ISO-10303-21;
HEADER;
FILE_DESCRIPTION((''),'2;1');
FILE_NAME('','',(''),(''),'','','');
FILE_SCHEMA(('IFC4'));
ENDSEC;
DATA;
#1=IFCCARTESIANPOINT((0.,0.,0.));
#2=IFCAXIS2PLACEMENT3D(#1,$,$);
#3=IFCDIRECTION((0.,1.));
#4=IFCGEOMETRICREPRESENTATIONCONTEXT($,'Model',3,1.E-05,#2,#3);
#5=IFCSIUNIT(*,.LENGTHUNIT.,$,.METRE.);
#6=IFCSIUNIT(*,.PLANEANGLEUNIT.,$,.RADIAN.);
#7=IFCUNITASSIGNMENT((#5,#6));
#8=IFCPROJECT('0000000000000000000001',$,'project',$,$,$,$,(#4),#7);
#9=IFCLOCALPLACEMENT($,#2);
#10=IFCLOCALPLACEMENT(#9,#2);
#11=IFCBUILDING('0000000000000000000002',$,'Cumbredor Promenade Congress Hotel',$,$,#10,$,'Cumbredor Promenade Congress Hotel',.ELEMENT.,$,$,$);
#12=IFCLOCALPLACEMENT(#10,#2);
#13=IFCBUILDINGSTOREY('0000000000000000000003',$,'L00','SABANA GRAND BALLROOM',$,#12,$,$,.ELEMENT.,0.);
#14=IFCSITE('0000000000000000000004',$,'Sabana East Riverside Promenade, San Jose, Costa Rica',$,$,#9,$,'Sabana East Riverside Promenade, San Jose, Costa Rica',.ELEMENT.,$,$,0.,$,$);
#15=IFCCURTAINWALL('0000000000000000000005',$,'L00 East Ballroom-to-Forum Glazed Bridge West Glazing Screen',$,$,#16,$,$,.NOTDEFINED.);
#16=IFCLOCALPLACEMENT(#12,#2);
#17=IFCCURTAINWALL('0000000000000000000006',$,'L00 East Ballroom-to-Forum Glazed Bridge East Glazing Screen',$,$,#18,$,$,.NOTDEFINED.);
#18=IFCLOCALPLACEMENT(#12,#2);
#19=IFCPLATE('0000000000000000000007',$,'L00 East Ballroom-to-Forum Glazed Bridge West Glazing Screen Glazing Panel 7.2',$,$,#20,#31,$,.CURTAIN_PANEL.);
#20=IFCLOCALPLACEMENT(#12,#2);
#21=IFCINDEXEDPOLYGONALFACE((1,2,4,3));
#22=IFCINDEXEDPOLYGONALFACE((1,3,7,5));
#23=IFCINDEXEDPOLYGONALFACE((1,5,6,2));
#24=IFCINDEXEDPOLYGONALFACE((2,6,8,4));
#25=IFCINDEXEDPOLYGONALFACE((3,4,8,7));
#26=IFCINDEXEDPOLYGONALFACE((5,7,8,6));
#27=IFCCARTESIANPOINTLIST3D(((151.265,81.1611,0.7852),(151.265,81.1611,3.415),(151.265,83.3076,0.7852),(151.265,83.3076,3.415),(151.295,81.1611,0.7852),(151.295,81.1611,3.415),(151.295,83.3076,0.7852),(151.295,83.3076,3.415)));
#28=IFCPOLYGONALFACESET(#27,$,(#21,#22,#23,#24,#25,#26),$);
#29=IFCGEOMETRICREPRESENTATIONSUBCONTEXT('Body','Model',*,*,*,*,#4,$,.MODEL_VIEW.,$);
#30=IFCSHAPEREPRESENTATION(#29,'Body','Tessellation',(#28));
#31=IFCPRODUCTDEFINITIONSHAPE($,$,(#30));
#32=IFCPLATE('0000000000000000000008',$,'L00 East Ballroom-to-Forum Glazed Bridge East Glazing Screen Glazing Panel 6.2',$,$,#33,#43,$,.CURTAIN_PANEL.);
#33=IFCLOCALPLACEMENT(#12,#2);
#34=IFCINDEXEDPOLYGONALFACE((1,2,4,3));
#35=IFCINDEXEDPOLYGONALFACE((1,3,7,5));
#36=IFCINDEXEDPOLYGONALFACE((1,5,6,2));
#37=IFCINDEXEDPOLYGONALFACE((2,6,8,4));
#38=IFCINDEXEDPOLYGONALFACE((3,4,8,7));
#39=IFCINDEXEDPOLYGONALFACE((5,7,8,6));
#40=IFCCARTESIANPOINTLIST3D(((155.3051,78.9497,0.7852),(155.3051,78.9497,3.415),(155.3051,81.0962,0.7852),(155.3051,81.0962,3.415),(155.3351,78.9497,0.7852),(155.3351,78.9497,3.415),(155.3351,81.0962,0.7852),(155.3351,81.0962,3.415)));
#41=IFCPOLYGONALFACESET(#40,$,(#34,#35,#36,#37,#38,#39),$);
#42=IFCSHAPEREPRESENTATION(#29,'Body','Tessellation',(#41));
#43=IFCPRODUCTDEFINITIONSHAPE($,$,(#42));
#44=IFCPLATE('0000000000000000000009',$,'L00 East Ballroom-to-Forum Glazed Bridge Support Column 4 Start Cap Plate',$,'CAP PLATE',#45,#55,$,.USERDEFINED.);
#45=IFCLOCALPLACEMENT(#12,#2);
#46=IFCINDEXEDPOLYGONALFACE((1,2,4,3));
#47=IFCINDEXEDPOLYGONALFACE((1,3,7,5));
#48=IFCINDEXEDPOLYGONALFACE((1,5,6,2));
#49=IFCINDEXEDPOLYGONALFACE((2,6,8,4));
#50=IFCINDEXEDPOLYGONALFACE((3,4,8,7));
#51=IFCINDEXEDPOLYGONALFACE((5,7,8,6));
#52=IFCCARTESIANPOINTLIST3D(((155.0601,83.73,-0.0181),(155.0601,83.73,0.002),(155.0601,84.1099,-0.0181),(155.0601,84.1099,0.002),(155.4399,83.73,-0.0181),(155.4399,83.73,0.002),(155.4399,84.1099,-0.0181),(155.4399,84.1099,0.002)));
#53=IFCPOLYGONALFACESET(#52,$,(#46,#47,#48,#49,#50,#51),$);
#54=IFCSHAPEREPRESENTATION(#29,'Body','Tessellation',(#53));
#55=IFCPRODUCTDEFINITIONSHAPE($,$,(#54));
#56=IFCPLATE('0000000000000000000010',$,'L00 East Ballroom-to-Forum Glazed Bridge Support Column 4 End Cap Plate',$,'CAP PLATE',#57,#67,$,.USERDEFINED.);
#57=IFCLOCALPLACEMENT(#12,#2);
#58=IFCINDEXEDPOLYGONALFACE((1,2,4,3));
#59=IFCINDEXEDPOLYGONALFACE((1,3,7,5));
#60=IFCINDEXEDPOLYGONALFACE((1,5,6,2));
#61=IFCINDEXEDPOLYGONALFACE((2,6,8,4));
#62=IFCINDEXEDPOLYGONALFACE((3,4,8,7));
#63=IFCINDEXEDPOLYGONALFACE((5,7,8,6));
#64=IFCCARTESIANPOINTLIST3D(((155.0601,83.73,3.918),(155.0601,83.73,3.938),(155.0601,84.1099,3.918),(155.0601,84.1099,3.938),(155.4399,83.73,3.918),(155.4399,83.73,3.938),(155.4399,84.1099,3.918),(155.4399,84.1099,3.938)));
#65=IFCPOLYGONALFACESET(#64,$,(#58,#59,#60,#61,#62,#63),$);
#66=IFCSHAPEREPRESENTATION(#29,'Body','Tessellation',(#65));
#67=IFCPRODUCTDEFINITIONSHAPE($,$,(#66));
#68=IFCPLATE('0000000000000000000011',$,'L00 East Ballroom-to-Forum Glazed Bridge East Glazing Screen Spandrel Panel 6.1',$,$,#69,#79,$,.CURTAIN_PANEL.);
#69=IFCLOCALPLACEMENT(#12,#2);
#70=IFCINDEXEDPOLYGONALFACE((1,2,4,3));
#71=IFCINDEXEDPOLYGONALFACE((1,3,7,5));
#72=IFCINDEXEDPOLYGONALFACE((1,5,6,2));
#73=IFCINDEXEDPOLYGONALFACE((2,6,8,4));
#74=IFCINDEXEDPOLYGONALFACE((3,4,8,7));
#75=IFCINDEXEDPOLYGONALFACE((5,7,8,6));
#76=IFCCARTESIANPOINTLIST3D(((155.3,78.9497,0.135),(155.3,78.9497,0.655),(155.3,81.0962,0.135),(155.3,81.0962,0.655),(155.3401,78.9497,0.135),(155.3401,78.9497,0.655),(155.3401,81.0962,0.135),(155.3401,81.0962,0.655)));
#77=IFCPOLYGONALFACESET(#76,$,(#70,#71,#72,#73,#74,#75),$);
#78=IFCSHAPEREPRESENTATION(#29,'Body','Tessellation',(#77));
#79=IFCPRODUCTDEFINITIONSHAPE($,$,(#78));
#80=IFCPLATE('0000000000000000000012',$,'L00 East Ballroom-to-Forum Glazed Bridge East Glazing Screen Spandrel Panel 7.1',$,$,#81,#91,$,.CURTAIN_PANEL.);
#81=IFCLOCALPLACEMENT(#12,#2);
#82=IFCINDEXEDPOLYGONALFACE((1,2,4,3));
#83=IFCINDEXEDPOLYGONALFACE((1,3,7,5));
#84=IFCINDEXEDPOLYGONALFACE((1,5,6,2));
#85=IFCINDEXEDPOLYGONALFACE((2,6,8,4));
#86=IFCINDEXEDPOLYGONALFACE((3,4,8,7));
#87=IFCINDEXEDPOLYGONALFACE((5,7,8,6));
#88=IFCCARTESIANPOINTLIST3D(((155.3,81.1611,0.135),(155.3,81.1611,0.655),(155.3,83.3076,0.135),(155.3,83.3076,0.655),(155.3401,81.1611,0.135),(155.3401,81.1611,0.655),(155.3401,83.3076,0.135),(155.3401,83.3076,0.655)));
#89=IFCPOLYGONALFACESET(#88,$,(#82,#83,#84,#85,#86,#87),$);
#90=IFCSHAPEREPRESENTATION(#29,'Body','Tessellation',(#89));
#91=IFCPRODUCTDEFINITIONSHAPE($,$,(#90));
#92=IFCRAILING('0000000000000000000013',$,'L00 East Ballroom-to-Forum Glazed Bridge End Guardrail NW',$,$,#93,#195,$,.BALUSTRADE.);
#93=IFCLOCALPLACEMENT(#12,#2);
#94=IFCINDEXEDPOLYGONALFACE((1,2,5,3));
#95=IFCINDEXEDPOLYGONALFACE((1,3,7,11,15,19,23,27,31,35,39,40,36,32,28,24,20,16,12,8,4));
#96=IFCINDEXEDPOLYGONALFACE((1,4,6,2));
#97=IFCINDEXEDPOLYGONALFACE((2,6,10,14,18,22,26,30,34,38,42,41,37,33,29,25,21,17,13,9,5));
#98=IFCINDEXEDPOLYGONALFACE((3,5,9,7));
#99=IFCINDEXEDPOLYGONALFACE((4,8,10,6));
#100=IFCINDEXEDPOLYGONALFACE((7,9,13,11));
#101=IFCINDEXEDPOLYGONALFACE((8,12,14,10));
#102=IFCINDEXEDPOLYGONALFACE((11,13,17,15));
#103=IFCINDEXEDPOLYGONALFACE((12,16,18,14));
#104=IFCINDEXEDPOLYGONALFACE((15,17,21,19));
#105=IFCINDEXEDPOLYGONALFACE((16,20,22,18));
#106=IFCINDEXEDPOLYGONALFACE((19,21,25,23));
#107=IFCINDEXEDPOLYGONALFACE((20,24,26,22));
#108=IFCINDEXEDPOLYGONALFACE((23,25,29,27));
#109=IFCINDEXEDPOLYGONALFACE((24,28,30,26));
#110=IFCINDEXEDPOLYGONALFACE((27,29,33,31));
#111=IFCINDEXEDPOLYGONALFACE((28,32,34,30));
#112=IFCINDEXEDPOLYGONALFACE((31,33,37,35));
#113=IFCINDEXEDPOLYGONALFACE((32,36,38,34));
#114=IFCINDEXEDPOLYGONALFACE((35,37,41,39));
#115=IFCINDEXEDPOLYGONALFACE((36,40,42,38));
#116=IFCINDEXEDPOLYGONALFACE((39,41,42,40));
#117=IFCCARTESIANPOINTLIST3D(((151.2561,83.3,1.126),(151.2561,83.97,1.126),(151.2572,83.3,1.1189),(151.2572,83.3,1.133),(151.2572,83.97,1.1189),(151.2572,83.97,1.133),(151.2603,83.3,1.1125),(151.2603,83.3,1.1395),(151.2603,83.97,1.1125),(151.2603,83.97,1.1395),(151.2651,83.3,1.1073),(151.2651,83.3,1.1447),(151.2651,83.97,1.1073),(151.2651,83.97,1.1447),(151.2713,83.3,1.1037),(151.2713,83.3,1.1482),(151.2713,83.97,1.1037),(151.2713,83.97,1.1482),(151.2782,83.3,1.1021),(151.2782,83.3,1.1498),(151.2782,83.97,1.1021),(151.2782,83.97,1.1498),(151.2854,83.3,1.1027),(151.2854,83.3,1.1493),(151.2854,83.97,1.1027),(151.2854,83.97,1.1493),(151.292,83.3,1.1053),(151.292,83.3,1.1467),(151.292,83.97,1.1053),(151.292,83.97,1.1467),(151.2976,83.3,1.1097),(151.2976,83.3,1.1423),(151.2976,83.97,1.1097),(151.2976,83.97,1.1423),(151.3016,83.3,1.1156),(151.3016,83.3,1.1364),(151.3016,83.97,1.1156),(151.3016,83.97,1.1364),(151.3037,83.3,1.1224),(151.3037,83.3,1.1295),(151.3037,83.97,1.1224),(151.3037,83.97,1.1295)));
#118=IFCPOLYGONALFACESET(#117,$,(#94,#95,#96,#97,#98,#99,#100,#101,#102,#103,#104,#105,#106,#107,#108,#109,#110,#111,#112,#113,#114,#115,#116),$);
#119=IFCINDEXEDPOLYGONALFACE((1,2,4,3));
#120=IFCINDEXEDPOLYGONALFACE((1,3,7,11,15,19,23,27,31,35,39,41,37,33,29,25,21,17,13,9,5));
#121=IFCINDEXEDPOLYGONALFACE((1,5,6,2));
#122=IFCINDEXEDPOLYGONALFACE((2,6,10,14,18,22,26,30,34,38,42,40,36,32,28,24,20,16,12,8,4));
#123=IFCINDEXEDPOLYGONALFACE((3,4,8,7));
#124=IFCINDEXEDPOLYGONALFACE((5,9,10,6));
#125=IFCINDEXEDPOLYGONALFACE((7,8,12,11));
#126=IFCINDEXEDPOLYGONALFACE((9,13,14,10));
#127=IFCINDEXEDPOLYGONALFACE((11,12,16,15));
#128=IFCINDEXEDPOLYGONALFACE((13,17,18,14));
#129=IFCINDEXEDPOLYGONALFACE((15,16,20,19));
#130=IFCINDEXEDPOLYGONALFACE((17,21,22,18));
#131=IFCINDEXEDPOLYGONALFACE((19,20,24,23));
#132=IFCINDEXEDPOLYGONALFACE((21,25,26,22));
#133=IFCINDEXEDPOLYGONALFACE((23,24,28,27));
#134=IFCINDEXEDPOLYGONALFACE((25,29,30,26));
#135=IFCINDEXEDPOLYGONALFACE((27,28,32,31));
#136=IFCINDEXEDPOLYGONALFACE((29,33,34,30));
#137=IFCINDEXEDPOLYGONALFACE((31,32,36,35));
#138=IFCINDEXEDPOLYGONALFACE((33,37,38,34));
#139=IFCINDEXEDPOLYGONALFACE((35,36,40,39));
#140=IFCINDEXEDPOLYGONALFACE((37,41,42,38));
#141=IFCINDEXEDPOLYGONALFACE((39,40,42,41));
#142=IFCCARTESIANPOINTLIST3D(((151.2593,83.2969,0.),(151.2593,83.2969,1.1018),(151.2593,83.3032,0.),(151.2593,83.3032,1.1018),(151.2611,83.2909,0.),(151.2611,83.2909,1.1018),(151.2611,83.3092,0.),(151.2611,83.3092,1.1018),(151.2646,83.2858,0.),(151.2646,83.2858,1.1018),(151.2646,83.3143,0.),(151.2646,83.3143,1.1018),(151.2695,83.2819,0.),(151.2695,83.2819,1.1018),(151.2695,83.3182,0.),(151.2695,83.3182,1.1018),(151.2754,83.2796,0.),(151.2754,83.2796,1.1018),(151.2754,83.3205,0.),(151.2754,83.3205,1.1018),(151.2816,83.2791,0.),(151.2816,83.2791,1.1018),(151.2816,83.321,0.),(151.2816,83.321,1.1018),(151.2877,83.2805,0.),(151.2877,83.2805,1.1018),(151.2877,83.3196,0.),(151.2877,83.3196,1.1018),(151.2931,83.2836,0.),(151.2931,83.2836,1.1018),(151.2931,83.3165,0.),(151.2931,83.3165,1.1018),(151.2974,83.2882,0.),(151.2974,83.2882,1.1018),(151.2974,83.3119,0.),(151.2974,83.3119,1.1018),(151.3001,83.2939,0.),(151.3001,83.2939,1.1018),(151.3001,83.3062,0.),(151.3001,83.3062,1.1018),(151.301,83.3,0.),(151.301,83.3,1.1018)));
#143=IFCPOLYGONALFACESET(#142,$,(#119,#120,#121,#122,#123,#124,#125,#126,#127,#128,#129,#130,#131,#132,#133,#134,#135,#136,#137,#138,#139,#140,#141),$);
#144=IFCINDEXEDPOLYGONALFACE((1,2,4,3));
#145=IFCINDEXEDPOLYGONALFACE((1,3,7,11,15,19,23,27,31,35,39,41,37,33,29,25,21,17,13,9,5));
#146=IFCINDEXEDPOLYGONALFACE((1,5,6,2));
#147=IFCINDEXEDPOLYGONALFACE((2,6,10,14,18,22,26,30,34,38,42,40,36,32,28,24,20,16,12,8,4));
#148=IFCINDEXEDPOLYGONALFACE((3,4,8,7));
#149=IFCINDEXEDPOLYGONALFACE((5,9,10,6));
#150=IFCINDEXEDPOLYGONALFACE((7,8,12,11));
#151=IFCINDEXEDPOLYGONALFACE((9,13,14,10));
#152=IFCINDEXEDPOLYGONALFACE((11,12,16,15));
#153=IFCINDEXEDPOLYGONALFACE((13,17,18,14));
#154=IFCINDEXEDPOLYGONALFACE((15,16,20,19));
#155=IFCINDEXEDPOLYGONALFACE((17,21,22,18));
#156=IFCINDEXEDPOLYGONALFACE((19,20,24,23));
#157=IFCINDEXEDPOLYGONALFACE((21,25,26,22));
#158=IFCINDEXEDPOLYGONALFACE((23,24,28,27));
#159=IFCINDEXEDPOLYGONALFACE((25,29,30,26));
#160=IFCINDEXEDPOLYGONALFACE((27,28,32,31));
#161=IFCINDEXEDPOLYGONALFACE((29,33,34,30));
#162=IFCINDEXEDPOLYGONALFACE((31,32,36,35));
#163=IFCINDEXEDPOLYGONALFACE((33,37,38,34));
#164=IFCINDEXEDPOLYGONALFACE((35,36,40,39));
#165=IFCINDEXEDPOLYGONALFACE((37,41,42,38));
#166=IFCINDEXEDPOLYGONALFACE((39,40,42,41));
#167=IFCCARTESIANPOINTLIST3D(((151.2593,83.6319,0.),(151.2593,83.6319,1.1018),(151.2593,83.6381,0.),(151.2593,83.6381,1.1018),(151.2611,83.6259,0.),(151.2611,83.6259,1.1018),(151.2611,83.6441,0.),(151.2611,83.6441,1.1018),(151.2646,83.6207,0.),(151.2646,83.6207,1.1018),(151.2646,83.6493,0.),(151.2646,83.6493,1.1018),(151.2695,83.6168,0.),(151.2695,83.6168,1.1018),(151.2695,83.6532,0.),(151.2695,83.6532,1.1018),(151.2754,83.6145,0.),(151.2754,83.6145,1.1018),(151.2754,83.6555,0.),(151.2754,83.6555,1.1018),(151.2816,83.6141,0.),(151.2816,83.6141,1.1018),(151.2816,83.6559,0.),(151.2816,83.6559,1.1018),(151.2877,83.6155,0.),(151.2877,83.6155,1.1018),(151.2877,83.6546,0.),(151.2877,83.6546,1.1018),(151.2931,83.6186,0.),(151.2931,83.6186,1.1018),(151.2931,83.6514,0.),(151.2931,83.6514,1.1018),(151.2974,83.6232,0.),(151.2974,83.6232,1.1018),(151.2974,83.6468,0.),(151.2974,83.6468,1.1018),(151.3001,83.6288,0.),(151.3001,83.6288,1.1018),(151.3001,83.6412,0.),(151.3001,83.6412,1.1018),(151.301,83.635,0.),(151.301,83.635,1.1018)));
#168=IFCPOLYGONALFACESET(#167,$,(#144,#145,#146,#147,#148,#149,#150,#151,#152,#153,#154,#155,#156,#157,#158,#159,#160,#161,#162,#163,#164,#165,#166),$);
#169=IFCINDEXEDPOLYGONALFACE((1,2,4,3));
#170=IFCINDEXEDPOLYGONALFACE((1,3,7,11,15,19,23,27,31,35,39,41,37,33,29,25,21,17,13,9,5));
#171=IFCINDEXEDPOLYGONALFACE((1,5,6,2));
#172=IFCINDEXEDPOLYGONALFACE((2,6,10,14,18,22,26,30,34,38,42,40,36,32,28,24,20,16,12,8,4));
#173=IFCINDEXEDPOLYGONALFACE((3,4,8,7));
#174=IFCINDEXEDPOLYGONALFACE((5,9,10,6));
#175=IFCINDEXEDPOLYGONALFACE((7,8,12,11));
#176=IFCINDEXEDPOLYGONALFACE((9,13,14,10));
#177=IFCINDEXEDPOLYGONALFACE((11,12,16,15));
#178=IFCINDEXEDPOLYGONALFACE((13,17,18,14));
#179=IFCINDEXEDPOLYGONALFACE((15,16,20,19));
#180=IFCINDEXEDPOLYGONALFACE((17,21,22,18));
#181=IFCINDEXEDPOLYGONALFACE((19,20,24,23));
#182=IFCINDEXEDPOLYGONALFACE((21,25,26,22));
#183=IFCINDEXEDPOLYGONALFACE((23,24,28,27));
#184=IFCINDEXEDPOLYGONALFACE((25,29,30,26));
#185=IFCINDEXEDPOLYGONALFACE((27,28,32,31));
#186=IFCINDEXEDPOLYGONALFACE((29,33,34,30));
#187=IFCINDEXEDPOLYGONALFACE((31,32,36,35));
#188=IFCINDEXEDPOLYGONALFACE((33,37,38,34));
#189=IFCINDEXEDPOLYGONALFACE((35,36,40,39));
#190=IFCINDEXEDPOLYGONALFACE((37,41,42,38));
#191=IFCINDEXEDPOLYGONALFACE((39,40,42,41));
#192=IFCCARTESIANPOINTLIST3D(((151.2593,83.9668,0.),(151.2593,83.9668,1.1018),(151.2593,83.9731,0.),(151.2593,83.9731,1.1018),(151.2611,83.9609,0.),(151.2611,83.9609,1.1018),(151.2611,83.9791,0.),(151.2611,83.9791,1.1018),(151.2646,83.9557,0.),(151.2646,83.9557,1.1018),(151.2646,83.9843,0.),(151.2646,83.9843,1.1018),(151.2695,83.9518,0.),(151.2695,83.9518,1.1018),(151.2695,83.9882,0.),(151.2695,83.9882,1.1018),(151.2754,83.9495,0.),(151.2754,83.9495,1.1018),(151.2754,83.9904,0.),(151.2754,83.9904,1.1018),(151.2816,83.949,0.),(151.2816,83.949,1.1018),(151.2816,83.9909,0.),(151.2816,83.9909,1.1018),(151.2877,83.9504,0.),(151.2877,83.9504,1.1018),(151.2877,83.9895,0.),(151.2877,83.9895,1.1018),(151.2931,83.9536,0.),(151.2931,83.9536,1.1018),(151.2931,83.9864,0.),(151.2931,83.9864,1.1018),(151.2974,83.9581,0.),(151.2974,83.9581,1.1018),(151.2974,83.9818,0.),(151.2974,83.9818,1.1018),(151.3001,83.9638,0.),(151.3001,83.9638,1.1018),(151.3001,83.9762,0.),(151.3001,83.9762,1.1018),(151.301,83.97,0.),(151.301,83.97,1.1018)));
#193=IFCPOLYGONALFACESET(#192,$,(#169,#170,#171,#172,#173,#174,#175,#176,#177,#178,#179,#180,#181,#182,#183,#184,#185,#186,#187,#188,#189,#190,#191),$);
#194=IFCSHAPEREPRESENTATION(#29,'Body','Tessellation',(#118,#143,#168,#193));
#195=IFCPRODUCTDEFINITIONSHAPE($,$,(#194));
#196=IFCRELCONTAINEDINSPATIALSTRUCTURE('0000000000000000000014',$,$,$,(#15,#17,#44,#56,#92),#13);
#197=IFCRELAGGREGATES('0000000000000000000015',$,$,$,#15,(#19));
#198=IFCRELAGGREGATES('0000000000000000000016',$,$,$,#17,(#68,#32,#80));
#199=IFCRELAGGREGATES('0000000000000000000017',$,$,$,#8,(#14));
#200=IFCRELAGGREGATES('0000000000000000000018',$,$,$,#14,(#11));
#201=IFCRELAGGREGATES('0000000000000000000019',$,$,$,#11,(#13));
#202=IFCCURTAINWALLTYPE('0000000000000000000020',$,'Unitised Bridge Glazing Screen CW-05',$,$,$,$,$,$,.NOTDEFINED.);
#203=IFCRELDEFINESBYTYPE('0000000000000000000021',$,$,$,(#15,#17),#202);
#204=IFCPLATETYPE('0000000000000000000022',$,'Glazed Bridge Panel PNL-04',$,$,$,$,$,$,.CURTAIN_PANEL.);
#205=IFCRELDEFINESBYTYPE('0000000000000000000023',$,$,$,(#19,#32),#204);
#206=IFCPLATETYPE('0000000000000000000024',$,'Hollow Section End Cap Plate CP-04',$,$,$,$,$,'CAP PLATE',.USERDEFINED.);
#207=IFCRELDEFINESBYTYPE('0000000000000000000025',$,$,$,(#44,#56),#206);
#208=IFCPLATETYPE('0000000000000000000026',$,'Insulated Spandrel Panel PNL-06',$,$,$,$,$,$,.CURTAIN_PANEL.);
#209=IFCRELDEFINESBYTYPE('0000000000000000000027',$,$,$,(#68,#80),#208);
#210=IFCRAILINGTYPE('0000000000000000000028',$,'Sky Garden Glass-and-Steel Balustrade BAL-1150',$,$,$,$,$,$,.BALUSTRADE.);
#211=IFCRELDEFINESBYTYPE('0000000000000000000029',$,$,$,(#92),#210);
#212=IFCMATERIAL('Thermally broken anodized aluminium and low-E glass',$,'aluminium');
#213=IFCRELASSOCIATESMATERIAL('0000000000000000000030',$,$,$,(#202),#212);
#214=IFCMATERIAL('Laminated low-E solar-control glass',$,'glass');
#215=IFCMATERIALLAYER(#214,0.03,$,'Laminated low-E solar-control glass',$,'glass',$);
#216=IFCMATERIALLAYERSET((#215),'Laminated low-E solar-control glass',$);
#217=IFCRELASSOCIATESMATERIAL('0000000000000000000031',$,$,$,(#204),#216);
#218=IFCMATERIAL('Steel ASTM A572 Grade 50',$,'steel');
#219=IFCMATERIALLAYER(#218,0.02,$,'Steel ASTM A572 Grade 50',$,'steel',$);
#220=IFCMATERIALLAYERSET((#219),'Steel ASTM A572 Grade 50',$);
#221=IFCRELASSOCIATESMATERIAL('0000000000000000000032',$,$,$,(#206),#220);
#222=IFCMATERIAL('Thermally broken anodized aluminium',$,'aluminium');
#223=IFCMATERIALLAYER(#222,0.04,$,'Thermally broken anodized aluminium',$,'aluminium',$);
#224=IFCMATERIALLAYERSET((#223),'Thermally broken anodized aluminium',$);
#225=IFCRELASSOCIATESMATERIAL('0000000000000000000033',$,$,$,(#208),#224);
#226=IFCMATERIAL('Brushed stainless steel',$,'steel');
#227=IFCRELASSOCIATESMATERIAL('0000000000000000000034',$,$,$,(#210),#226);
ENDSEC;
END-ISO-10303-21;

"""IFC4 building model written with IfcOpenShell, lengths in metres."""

from ifc_helpers import new_model, si_unit, direction, frame, origin, origin_2d, place, context, subcontext, project, spatial, rectangle, circle, extrude, material, layer, layer_set, type_object, element, aggregate, save


model = new_model("IFC4")

# Units and contexts
model_context = context("Model", 3, precision=1e-05, world=origin(), true_north=direction((0.0, 1.0)))
body_context = subcontext(model_context, "Body", "Model", "MODEL_VIEW")
ifc_project = project(units=[si_unit("LENGTHUNIT", "METRE"), si_unit("PLANEANGLEUNIT", "RADIAN")], contexts=[model_context])

# Site, building, storey
site_placement = place(None, origin())
site = spatial("IfcSite", under=ifc_project, at=site_placement, Name="Sabana East Riverside Promenade, San Jose, Costa Rica", LongName="Sabana East Riverside Promenade, San Jose, Costa Rica", CompositionType="ELEMENT", RefElevation=0.0)
building_placement = place(site_placement, origin())
building = spatial("IfcBuilding", under=site, at=building_placement, Name="Cumbredor Promenade Congress Hotel", LongName="Cumbredor Promenade Congress Hotel", CompositionType="ELEMENT")
storey_placement = place(building_placement, origin())
storey = spatial("IfcBuildingStorey", under=building, at=storey_placement, Name="L00", Description="SABANA GRAND BALLROOM", CompositionType="ELEMENT", Elevation=0.0)

# Curtain wall
ifc_material_1 = material(Name="Thermally broken anodized aluminium and low-E glass", Category="aluminium")
curtain_wall_type = type_object("IfcCurtainWallType", Name="Unitised Bridge Glazing Screen CW-05", PredefinedType="NOTDEFINED", material=ifc_material_1)
curtain_wall_1_placement = place(storey_placement, origin())
curtain_wall_1 = element("IfcCurtainWall", 1, at=curtain_wall_1_placement, inside=storey, type_object=curtain_wall_type, Name="L00 East Ballroom-to-Forum Glazed Bridge West Glazing Screen", PredefinedType="NOTDEFINED")
ifc_material_2 = material(Name="Thermally broken anodized aluminium", Category="aluminium")

# Curtain wall
curtain_wall_2_placement = place(storey_placement, origin())
curtain_wall_2 = element("IfcCurtainWall", 2, at=curtain_wall_2_placement, inside=storey, type_object=curtain_wall_type, Name="L00 East Ballroom-to-Forum Glazed Bridge East Glazing Screen", PredefinedType="NOTDEFINED")

# Plates
ifc_material_3 = material(Name="Laminated low-E solar-control glass", Category="glass")
ifc_layer_1 = layer(ifc_material_3, 0.03, Name="Laminated low-E solar-control glass", Category="glass")
ifc_layer_set_1 = layer_set([ifc_layer_1], Name="Laminated low-E solar-control glass")
plate_type_1 = type_object("IfcPlateType", Name="Glazed Bridge Panel PNL-04", PredefinedType="CURTAIN_PANEL", material=ifc_layer_set_1)
plate_1_placement = place(storey_placement, frame((151.28, 82.2344, 0.7852), z_axis=(0.0, 0.0, 1.0), x_axis=(0.0, 1.0, 0.0)))
plate_1 = element("IfcPlate", 3, at=plate_1_placement, type_object=plate_type_1, Name="L00 East Ballroom-to-Forum Glazed Bridge West Glazing Screen Glazing Panel 7.2", PredefinedType="CURTAIN_PANEL", context=body_context, shape_type="SweptSolid", body=[
    extrude(rectangle(XDim=2.1465, YDim=0.03, at=origin_2d()), origin(), (0.0, 0.0, 1.0), 2.6299),
])
aggregate(curtain_wall_1, [plate_1])
plate_2_placement = place(storey_placement, frame((155.3201, 80.0229, 0.7852), z_axis=(0.0, 0.0, 1.0), x_axis=(0.0, 1.0, 0.0)))
plate_2 = element("IfcPlate", 4, at=plate_2_placement, type_object=plate_type_1, Name="L00 East Ballroom-to-Forum Glazed Bridge East Glazing Screen Glazing Panel 6.2", PredefinedType="CURTAIN_PANEL", context=body_context, shape_type="SweptSolid", body=[
    extrude(rectangle(XDim=2.1465, YDim=0.03, at=origin_2d()), origin(), (0.0, 0.0, 1.0), 2.6299),
])

# Plates
ifc_material_4 = material(Name="Steel ASTM A572 Grade 50", Category="steel")
ifc_layer_2 = layer(ifc_material_4, 0.02, Name="Steel ASTM A572 Grade 50", Category="steel")
ifc_layer_set_2 = layer_set([ifc_layer_2], Name="Steel ASTM A572 Grade 50")
plate_type_2 = type_object("IfcPlateType", Name="Hollow Section End Cap Plate CP-04", ElementType="CAP PLATE", PredefinedType="USERDEFINED", material=ifc_layer_set_2)
for number, where, z_axis, x_axis, name in (
    (5, (155.25, 83.9199, -0.0181), (0.0, 0.0, 1.0), (1.0, 0.0, 0.0), "L00 East Ballroom-to-Forum Glazed Bridge Support Column 4 Start Cap Plate"),
    (6, (155.25, 83.9199, 3.918), (0.0, 0.0, 1.0), (1.0, 0.0, 0.0), "L00 East Ballroom-to-Forum Glazed Bridge Support Column 4 End Cap Plate"),
):
    element("IfcPlate", number, at=place(storey_placement, frame(where, z_axis=z_axis, x_axis=x_axis)), inside=storey, type_object=plate_type_2, Name=name, ObjectType="CAP PLATE", PredefinedType="USERDEFINED", context=body_context, shape_type="SweptSolid", body=[
        extrude(rectangle(XDim=0.3799, YDim=0.3799, at=origin_2d()), origin(), (0.0, 0.0, 1.0), 0.02),
    ])

# Plates
ifc_layer_3 = layer(ifc_material_2, 0.04, Name="Thermally broken anodized aluminium", Category="aluminium")
ifc_layer_set_3 = layer_set([ifc_layer_3], Name="Thermally broken anodized aluminium")
plate_type_3 = type_object("IfcPlateType", Name="Insulated Spandrel Panel PNL-06", PredefinedType="CURTAIN_PANEL", material=ifc_layer_set_3)
plate_3_placement = place(storey_placement, frame((155.3201, 80.0229, 0.135), z_axis=(0.0, 0.0, 1.0), x_axis=(0.0, 1.0, 0.0)))
plate_3 = element("IfcPlate", 7, at=plate_3_placement, type_object=plate_type_3, Name="L00 East Ballroom-to-Forum Glazed Bridge East Glazing Screen Spandrel Panel 6.1", PredefinedType="CURTAIN_PANEL", context=body_context, shape_type="SweptSolid", body=[
    extrude(rectangle(XDim=2.1465, YDim=0.04, at=origin_2d()), origin(), (0.0, 0.0, 1.0), 0.52),
])
plate_4_placement = place(storey_placement, frame((155.3201, 82.2344, 0.135), z_axis=(0.0, 0.0, 1.0), x_axis=(0.0, 1.0, 0.0)))
plate_4 = element("IfcPlate", 8, at=plate_4_placement, type_object=plate_type_3, Name="L00 East Ballroom-to-Forum Glazed Bridge East Glazing Screen Spandrel Panel 7.1", PredefinedType="CURTAIN_PANEL", context=body_context, shape_type="SweptSolid", body=[
    extrude(rectangle(XDim=2.1465, YDim=0.04, at=origin_2d()), origin(), (0.0, 0.0, 1.0), 0.52),
])
aggregate(curtain_wall_2, [plate_3, plate_2, plate_4])

# Railing
ifc_material_5 = material(Name="Brushed stainless steel", Category="steel")
railing_type = type_object("IfcRailingType", Name="Sky Garden Glass-and-Steel Balustrade BAL-1150", PredefinedType="BALUSTRADE", material=ifc_material_5)
railing_placement = place(storey_placement, frame((151.28, 83.3, 0.0)))
element("IfcRailing", 9, at=railing_placement, inside=storey, type_object=railing_type, Name="L00 East Ballroom-to-Forum Glazed Bridge End Guardrail NW", PredefinedType="BALUSTRADE", context=body_context, shape_type="SweptSolid", body=[
    extrude(circle(Radius=0.0239, at=origin_2d()), frame((0.0, 0.0, 1.126), z_axis=(0.0, 1.0, 0.0), x_axis=(-1.0, 0.0, 0.0)), (0.0, 0.0, 1.0), 0.6699),
    extrude(circle(Radius=0.021, at=origin_2d()), origin(), (0.0, 0.0, 1.0), 1.1018),
    extrude(circle(Radius=0.021, at=origin_2d()), frame((0.0, 0.335, 0.0)), (0.0, 0.0, 1.0), 1.1018),
    extrude(circle(Radius=0.021, at=origin_2d()), frame((0.0, 0.6699, 0.0)), (0.0, 0.0, 1.0), 1.1018),
])

save(model, "model.ifc")
